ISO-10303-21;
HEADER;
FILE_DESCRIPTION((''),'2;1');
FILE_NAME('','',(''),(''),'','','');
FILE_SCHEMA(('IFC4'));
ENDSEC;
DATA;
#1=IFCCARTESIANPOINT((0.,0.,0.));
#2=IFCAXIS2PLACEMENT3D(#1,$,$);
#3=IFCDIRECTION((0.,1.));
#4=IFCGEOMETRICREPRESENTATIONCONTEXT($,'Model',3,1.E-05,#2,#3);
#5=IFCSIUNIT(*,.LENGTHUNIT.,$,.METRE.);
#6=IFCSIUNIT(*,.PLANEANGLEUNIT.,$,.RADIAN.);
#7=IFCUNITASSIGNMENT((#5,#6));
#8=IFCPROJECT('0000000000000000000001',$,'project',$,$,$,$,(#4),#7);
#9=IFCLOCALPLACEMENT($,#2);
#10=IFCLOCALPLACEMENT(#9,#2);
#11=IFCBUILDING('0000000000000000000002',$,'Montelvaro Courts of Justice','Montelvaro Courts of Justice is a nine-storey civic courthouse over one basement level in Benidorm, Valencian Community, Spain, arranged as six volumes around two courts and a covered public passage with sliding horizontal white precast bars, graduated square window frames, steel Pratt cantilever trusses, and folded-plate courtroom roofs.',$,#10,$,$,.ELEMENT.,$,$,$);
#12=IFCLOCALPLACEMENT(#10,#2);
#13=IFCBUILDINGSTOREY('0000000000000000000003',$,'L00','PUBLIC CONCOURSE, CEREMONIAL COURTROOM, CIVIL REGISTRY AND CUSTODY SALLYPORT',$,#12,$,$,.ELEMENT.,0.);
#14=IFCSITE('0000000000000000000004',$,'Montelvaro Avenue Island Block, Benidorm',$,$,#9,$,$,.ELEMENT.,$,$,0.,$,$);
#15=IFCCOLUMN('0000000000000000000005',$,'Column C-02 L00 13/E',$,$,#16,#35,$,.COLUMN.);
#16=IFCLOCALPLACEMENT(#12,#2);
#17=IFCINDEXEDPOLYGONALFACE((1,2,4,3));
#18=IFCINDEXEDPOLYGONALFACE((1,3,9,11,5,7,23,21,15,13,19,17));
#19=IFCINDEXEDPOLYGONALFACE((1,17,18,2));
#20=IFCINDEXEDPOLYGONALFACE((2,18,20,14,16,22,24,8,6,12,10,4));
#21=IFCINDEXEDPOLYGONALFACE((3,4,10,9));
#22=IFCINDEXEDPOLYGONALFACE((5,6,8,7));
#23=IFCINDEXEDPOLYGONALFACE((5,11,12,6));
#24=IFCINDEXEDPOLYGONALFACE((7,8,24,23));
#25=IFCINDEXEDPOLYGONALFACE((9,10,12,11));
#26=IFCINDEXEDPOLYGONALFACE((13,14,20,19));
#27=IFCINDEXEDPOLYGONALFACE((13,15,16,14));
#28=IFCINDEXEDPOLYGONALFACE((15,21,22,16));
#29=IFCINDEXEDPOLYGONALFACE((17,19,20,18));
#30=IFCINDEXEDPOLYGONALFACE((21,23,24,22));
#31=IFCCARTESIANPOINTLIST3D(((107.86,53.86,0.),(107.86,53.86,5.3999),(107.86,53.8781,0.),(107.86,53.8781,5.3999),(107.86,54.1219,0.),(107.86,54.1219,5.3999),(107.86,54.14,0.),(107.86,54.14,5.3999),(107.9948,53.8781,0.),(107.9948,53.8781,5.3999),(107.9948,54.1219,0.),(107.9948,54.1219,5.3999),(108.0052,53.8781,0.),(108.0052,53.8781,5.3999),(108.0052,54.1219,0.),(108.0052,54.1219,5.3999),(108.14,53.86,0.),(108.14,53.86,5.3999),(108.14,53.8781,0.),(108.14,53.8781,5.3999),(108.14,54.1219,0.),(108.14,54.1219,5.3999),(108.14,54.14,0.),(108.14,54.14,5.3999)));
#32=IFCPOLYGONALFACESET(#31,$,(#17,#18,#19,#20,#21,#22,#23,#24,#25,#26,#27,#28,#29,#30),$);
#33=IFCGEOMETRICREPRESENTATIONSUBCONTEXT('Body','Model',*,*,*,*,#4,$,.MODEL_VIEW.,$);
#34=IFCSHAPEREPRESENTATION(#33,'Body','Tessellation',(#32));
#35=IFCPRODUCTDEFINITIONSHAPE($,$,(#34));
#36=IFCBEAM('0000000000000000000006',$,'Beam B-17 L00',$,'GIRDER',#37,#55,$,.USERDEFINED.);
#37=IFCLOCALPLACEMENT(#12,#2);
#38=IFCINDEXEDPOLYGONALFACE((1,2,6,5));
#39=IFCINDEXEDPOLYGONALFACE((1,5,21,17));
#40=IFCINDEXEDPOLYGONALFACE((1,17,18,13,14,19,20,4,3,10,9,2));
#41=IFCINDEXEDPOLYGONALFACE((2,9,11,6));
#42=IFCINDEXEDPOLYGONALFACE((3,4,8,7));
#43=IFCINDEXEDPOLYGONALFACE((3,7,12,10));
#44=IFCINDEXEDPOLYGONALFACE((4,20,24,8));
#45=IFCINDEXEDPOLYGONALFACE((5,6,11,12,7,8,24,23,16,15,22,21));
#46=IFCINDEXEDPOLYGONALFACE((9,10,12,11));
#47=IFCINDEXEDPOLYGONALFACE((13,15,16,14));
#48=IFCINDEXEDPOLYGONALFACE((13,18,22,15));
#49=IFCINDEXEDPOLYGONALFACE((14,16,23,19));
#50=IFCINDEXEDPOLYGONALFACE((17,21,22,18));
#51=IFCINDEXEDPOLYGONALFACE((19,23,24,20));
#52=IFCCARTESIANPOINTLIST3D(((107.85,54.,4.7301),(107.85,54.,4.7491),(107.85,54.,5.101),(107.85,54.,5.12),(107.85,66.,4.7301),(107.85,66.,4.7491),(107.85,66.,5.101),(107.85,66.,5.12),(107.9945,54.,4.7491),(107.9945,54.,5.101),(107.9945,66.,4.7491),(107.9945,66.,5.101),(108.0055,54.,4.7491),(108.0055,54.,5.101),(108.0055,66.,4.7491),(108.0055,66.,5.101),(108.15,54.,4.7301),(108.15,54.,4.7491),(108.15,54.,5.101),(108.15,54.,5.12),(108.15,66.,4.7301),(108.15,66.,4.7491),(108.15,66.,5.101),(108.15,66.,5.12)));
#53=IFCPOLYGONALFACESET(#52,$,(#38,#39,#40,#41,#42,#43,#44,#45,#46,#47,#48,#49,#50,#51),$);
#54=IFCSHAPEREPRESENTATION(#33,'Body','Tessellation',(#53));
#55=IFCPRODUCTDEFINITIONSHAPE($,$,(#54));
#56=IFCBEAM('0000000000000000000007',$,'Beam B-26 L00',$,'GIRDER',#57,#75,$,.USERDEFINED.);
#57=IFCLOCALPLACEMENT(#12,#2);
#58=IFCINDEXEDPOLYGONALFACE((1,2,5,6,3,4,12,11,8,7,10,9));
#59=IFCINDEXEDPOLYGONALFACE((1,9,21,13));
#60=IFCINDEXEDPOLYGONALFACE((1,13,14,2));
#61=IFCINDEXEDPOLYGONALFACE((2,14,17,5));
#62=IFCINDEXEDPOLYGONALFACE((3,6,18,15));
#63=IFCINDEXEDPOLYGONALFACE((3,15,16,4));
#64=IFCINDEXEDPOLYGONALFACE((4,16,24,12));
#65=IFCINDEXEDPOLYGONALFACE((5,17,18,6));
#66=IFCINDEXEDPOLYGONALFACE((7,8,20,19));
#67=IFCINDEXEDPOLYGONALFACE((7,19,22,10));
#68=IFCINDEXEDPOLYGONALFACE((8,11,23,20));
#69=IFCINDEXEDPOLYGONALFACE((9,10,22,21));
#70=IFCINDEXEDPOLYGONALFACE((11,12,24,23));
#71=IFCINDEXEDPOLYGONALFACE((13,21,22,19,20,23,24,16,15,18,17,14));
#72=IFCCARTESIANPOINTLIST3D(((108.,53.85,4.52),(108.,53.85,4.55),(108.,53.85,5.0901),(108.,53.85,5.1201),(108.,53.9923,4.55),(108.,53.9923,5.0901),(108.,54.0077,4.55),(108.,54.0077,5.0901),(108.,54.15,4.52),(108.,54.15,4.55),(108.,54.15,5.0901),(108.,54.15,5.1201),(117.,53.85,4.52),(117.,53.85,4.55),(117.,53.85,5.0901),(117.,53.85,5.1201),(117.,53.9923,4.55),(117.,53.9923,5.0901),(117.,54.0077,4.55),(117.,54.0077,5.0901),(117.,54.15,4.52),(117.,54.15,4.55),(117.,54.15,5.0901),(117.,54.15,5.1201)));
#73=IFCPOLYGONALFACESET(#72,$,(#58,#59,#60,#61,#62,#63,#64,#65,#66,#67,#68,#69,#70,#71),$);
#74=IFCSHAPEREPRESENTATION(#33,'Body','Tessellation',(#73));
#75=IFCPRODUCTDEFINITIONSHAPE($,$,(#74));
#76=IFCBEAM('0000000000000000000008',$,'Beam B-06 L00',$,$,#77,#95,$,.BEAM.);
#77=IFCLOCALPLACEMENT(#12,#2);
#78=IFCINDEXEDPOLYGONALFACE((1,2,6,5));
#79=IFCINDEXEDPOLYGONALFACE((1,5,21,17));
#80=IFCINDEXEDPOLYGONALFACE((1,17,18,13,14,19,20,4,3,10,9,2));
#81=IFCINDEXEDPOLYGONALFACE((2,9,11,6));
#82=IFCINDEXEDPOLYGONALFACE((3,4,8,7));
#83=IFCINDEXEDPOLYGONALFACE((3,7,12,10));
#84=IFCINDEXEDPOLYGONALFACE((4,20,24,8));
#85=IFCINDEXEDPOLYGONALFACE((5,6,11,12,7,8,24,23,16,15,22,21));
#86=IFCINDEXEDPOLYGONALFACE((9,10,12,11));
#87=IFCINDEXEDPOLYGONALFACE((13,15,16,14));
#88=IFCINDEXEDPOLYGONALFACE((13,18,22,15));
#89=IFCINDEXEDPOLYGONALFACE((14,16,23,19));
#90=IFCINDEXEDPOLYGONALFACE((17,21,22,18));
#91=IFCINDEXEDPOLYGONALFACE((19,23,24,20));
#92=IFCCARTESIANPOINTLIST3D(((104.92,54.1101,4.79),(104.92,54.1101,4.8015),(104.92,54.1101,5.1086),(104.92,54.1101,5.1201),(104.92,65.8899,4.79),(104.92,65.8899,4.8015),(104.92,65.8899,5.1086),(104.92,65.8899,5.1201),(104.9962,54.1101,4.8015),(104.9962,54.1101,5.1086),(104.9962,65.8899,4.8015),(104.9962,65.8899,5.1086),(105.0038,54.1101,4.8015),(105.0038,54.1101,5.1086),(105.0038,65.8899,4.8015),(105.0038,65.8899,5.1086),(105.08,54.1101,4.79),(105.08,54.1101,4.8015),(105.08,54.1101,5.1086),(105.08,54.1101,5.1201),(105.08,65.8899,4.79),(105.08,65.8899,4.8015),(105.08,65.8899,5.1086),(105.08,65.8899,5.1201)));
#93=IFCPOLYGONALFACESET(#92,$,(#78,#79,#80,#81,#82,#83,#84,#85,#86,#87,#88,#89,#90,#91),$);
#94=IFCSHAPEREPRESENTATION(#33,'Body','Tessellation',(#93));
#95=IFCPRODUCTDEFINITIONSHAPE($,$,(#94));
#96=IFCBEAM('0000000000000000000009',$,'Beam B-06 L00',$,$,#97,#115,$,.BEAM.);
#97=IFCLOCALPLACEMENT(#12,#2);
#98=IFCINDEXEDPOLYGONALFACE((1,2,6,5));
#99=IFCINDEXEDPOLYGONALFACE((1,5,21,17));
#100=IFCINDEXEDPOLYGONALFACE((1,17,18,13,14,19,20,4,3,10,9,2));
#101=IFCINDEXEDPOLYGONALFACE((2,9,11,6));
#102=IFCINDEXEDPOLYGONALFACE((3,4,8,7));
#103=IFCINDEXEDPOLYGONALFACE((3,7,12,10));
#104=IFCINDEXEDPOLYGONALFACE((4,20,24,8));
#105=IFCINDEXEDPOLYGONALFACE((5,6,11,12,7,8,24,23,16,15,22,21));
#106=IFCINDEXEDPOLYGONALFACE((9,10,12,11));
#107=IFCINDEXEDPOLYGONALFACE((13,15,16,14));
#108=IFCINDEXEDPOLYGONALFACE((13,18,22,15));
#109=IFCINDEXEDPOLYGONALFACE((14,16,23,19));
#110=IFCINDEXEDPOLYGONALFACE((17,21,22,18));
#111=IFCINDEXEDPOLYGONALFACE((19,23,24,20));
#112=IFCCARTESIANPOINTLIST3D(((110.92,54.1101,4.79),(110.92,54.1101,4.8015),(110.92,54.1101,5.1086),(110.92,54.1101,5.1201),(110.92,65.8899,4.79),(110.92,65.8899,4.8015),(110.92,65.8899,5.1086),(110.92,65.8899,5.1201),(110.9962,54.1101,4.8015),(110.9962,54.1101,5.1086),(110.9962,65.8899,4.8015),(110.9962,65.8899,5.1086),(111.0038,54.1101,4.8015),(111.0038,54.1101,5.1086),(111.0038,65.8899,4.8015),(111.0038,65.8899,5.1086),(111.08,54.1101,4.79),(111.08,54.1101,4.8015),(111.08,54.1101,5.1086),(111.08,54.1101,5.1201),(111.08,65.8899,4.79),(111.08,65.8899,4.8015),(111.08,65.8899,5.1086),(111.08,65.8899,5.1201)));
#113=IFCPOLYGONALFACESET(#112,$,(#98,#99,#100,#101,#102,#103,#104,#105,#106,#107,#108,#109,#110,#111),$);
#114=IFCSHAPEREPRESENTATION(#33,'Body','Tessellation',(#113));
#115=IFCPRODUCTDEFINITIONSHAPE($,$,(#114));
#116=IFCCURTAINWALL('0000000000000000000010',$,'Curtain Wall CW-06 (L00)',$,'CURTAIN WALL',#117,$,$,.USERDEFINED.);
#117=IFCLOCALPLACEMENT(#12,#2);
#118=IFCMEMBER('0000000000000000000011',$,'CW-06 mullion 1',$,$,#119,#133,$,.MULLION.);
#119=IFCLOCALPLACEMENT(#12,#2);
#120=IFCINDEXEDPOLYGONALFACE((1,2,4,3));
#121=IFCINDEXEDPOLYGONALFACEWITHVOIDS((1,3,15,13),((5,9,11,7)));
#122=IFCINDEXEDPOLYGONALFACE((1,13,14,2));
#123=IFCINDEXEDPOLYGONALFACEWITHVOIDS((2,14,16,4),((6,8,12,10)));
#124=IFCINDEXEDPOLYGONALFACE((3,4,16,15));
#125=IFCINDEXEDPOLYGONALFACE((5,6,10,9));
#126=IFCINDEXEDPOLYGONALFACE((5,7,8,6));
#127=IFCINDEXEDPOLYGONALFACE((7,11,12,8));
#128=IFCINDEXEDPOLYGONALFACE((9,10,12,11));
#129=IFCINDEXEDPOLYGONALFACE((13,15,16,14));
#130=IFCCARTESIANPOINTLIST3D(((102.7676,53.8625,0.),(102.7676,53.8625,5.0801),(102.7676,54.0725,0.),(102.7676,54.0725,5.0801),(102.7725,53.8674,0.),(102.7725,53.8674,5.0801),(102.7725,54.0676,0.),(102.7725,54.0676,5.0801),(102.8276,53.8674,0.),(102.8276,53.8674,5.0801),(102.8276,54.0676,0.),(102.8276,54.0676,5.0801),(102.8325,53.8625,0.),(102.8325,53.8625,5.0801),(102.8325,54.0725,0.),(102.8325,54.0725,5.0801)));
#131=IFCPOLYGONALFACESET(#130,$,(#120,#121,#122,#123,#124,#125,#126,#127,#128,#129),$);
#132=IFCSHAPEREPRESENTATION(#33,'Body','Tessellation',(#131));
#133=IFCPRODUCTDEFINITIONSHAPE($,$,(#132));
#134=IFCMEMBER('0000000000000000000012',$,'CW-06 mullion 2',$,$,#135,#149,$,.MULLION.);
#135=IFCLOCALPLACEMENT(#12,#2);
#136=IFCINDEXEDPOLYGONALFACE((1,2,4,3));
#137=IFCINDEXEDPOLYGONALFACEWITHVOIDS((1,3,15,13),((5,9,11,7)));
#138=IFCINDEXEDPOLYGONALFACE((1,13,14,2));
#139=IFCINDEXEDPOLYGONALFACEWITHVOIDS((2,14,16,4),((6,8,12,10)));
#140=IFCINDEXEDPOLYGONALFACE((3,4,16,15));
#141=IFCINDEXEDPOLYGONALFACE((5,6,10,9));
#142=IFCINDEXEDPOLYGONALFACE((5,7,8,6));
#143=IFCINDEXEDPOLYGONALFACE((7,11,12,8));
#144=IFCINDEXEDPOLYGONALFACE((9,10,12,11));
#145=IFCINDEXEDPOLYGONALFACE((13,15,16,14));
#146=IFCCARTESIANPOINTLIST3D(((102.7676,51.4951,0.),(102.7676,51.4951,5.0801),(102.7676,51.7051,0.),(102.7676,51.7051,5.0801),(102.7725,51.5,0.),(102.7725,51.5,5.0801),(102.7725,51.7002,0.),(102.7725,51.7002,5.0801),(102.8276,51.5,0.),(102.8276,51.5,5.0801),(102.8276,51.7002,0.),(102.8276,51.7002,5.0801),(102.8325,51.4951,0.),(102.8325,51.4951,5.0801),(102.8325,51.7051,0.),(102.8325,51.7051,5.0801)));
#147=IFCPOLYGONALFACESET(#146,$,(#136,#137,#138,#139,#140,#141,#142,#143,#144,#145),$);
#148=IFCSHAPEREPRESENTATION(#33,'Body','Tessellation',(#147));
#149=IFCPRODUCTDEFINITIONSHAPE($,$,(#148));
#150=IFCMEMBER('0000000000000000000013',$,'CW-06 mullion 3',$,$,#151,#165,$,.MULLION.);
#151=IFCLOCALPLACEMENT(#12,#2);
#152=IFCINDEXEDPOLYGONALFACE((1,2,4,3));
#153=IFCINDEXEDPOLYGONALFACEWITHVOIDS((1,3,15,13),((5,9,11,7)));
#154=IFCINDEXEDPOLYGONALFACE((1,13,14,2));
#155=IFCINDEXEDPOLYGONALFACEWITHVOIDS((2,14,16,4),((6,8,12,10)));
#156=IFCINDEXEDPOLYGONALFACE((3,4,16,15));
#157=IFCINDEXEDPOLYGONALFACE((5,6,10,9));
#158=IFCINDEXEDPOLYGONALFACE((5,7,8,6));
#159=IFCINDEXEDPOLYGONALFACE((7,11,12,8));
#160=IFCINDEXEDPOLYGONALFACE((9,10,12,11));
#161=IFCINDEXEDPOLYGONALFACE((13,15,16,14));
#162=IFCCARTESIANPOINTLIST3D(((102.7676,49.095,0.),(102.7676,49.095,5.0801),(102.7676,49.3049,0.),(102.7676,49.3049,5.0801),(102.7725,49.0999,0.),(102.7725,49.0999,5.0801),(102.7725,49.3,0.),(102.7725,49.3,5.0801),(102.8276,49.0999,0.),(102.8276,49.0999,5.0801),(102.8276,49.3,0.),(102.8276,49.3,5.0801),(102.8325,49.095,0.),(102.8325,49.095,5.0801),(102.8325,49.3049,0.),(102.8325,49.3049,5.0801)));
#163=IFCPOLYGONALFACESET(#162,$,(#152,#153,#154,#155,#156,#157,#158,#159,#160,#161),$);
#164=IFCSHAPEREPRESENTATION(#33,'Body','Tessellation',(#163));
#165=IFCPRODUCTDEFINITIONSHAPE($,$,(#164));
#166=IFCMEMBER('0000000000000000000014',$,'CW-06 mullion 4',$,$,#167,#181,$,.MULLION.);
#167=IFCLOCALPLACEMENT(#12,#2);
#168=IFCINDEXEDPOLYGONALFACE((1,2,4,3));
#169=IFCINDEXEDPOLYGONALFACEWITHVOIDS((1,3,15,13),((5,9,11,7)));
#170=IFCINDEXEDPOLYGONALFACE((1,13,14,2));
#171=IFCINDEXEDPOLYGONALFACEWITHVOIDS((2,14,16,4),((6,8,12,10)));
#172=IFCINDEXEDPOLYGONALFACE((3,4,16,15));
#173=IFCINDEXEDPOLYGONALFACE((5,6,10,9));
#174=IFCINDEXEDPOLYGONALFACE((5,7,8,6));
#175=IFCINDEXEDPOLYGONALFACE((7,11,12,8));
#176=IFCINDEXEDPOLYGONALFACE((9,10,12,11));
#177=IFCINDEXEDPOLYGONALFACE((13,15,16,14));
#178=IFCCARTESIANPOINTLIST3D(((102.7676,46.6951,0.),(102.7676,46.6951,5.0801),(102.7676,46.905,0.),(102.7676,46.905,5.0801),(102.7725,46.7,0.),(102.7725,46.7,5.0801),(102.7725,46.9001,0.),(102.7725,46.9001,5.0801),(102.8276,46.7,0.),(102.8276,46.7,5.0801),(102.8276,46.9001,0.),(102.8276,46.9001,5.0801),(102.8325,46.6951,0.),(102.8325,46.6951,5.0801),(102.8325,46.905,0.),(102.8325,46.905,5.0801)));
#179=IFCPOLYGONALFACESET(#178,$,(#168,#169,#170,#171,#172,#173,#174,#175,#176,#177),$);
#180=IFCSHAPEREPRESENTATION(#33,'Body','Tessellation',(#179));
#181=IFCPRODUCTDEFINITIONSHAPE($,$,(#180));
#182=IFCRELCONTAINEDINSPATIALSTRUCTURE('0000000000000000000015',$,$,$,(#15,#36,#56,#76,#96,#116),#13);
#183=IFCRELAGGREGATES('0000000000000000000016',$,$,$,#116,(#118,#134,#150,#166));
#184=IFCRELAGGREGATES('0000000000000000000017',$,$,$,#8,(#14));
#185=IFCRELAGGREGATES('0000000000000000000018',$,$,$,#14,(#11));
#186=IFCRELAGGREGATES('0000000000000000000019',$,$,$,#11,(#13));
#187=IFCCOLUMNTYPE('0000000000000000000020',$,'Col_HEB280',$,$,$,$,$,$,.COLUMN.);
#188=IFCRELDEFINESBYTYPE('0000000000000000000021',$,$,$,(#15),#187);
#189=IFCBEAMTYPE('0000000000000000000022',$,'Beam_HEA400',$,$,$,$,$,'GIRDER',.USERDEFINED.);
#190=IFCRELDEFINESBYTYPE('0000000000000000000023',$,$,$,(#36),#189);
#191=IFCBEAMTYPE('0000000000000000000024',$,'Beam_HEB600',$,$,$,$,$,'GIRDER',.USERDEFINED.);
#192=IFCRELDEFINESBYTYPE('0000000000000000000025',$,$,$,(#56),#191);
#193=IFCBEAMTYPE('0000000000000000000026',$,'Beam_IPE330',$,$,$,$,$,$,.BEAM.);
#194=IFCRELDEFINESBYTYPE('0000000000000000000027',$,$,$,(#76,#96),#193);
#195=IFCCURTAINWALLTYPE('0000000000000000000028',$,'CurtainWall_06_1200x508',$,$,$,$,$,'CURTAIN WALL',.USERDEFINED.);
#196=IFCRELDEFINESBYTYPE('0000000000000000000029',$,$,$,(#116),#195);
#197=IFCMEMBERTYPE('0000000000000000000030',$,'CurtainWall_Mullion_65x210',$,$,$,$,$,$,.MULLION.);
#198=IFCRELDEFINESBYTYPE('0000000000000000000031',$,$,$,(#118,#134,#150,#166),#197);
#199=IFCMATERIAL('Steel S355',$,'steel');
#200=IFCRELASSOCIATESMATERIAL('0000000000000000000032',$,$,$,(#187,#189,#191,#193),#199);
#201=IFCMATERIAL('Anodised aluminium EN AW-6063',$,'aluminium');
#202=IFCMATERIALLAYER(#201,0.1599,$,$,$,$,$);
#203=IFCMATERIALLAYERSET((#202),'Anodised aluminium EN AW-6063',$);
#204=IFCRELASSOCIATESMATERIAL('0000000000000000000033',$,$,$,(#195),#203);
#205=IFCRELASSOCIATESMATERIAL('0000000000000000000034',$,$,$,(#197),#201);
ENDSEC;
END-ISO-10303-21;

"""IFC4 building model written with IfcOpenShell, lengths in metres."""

from ifc_helpers import new_model, si_unit, direction, frame, origin, origin_2d, place, context, subcontext, project, spatial, hollow_rectangle, i_section, extrude, material, layer, layer_set, material_profile, profile_set, type_object, element, aggregate, save


model = new_model("IFC4")

# Units and contexts
model_context = context("Model", 3, precision=1e-05, world=origin(), true_north=direction((0.0, 1.0)))
body_context = subcontext(model_context, "Body", "Model", "MODEL_VIEW")
ifc_project = project(units=[si_unit("LENGTHUNIT", "METRE"), si_unit("PLANEANGLEUNIT", "RADIAN")], contexts=[model_context])

# Site, building, storey
site_placement = place(None, origin())
site = spatial("IfcSite", under=ifc_project, at=site_placement, Name="Montelvaro Avenue Island Block, Benidorm", CompositionType="ELEMENT", RefElevation=0.0)
building_placement = place(site_placement, origin())
building = spatial("IfcBuilding", under=site, at=building_placement, Name="Montelvaro Courts of Justice", Description="Montelvaro Courts of Justice is a nine-storey civic courthouse over one basement level in Benidorm, Valencian Community, Spain, arranged as six volumes around two courts and a covered public passage with sliding horizontal white precast bars, graduated square window frames, steel Pratt cantilever trusses, and folded-plate courtroom roofs.", CompositionType="ELEMENT")
storey_placement = place(building_placement, origin())
storey = spatial("IfcBuildingStorey", under=building, at=storey_placement, Name="L00", Description="PUBLIC CONCOURSE, CEREMONIAL COURTROOM, CIVIL REGISTRY AND CUSTODY SALLYPORT", CompositionType="ELEMENT", Elevation=0.0)

# Column
ifc_material_1 = material(Name="Steel S355", Category="steel")
ifc_material_profile_1 = material_profile(ifc_material_1, i_section(OverallWidth=0.28, OverallDepth=0.28, WebThickness=0.0105, FlangeThickness=0.0181, at=origin_2d()), Name="HEB 280")
ifc_profile_set_1 = profile_set([ifc_material_profile_1], Name="Steel S355")
column_type = type_object("IfcColumnType", Name="Col_HEB280", PredefinedType="COLUMN", material=ifc_profile_set_1)
column_placement = place(storey_placement, frame((108.0, 54.0, 0.0), z_axis=(0.0, 0.0, 1.0), x_axis=(1.0, 0.0, 0.0)))
element("IfcColumn", 1, at=column_placement, inside=storey, type_object=column_type, Name="Column C-02 L00 13/E", PredefinedType="COLUMN", context=body_context, shape_type="SweptSolid", body=[
    extrude(i_section(OverallWidth=0.28, OverallDepth=0.28, WebThickness=0.0105, FlangeThickness=0.0181, at=origin_2d()), origin(), (0.0, 0.0, 1.0), 5.3999),
])

# Beams
ifc_material_profile_2 = material_profile(ifc_material_1, i_section(OverallWidth=0.3, OverallDepth=0.3899, WebThickness=0.011, FlangeThickness=0.019, at=origin_2d()), Name="HEA 400")
ifc_profile_set_2 = profile_set([ifc_material_profile_2], Name="Steel S355")
beam_type_1 = type_object("IfcBeamType", Name="Beam_HEA400", ElementType="GIRDER", PredefinedType="USERDEFINED", material=ifc_profile_set_2)
beam_1_placement = place(storey_placement, frame((108.0, 54.0, 4.925), z_axis=(0.0, 1.0, 0.0), x_axis=(-1.0, 0.0, 0.0)))
element("IfcBeam", 2, at=beam_1_placement, inside=storey, type_object=beam_type_1, Name="Beam B-17 L00", ObjectType="GIRDER", PredefinedType="USERDEFINED", context=body_context, shape_type="SweptSolid", body=[
    extrude(i_section(OverallWidth=0.3, OverallDepth=0.3899, WebThickness=0.011, FlangeThickness=0.019, at=origin_2d()), origin(), (0.0, 0.0, 1.0), 12.0),
])
ifc_material_profile_3 = material_profile(ifc_material_1, i_section(OverallWidth=0.3, OverallDepth=0.6001, WebThickness=0.0154, FlangeThickness=0.03, at=origin_2d()), Name="HEB 600")
ifc_profile_set_3 = profile_set([ifc_material_profile_3], Name="Steel S355")
beam_type_2 = type_object("IfcBeamType", Name="Beam_HEB600", ElementType="GIRDER", PredefinedType="USERDEFINED", material=ifc_profile_set_3)
beam_2_placement = place(storey_placement, frame((108.0, 54.0, 4.8201), z_axis=(1.0, 0.0, 0.0), x_axis=(0.0, 1.0, 0.0)))
element("IfcBeam", 3, at=beam_2_placement, inside=storey, type_object=beam_type_2, Name="Beam B-26 L00", ObjectType="GIRDER", PredefinedType="USERDEFINED", context=body_context, shape_type="SweptSolid", body=[
    extrude(i_section(OverallWidth=0.3, OverallDepth=0.6001, WebThickness=0.0154, FlangeThickness=0.03, at=origin_2d()), origin(), (0.0, 0.0, 1.0), 9.0),
])
ifc_material_profile_4 = material_profile(ifc_material_1, i_section(OverallWidth=0.1599, OverallDepth=0.3301, WebThickness=0.0076, FlangeThickness=0.0115, at=origin_2d()), Name="IPE 330")
ifc_profile_set_4 = profile_set([ifc_material_profile_4], Name="Steel S355")
beam_type_3 = type_object("IfcBeamType", Name="Beam_IPE330", PredefinedType="BEAM", material=ifc_profile_set_4)
for number, where, z_axis, x_axis, name in (
    (4, (105.0, 54.1101, 4.9551), (0.0, 1.0, 0.0), (-1.0, 0.0, 0.0), "Beam B-06 L00"),
    (5, (111.0, 54.1101, 4.9551), (0.0, 1.0, 0.0), (-1.0, 0.0, 0.0), "Beam B-06 L00"),
):
    element("IfcBeam", number, at=place(storey_placement, frame(where, z_axis=z_axis, x_axis=x_axis)), inside=storey, type_object=beam_type_3, Name=name, PredefinedType="BEAM", context=body_context, shape_type="SweptSolid", body=[
        extrude(i_section(OverallWidth=0.1599, OverallDepth=0.3301, WebThickness=0.0076, FlangeThickness=0.0115, at=origin_2d()), origin(), (0.0, 0.0, 1.0), 11.7798),
    ])

# Curtain wall, members
ifc_material_2 = material(Name="Anodised aluminium EN AW-6063", Category="aluminium")
ifc_layer_1 = layer(ifc_material_2, 0.1599)
ifc_layer_set_1 = layer_set([ifc_layer_1], Name="Anodised aluminium EN AW-6063")
curtain_wall_type = type_object("IfcCurtainWallType", Name="CurtainWall_06_1200x508", ElementType="CURTAIN WALL", PredefinedType="USERDEFINED", material=ifc_layer_set_1)
curtain_wall_placement = place(storey_placement, origin())
curtain_wall = element("IfcCurtainWall", 6, at=curtain_wall_placement, inside=storey, type_object=curtain_wall_type, Name="Curtain Wall CW-06 (L00)", ObjectType="CURTAIN WALL", PredefinedType="USERDEFINED")
ifc_material_profile_5 = material_profile(ifc_material_2, hollow_rectangle(XDim=0.0649, YDim=0.21, WallThickness=0.0049, at=origin_2d()), Name="ALU-M 65x210")
ifc_profile_set_5 = profile_set([ifc_material_profile_5], Name="Anodised aluminium EN AW-6063")
member_type_1 = type_object("IfcMemberType", Name="CurtainWall_Mullion_65x210", PredefinedType="MULLION", material=ifc_profile_set_5)
member_1_placement = place(storey_placement, frame((102.8, 53.9675, 0.0), z_axis=(0.0, 0.0, 1.0), x_axis=(1.0, 0.0, 0.0)))
member_1 = element("IfcMember", 7, at=member_1_placement, type_object=member_type_1, Name="CW-06 mullion 1", PredefinedType="MULLION", context=body_context, shape_type="SweptSolid", body=[
    extrude(hollow_rectangle(XDim=0.0649, YDim=0.21, WallThickness=0.0049, at=origin_2d()), origin(), (0.0, 0.0, 1.0), 5.0801),
])
member_2_placement = place(storey_placement, frame((102.8, 51.6001, 0.0), z_axis=(0.0, 0.0, 1.0), x_axis=(1.0, 0.0, 0.0)))
member_2 = element("IfcMember", 8, at=member_2_placement, type_object=member_type_1, Name="CW-06 mullion 2", PredefinedType="MULLION", context=body_context, shape_type="SweptSolid", body=[
    extrude(hollow_rectangle(XDim=0.0649, YDim=0.21, WallThickness=0.0049, at=origin_2d()), origin(), (0.0, 0.0, 1.0), 5.0801),
])
member_3_placement = place(storey_placement, frame((102.8, 49.2, 0.0), z_axis=(0.0, 0.0, 1.0), x_axis=(1.0, 0.0, 0.0)))
member_3 = element("IfcMember", 9, at=member_3_placement, type_object=member_type_1, Name="CW-06 mullion 3", PredefinedType="MULLION", context=body_context, shape_type="SweptSolid", body=[
    extrude(hollow_rectangle(XDim=0.0649, YDim=0.21, WallThickness=0.0049, at=origin_2d()), origin(), (0.0, 0.0, 1.0), 5.0801),
])
member_4_placement = place(storey_placement, frame((102.8, 46.8, 0.0), z_axis=(0.0, 0.0, 1.0), x_axis=(1.0, 0.0, 0.0)))
member_4 = element("IfcMember", 10, at=member_4_placement, type_object=member_type_1, Name="CW-06 mullion 4", PredefinedType="MULLION", context=body_context, shape_type="SweptSolid", body=[
    extrude(hollow_rectangle(XDim=0.0649, YDim=0.21, WallThickness=0.0049, at=origin_2d()), origin(), (0.0, 0.0, 1.0), 5.0801),
])
aggregate(curtain_wall, [member_1, member_2, member_3, member_4])

save(model, "model.ifc")
